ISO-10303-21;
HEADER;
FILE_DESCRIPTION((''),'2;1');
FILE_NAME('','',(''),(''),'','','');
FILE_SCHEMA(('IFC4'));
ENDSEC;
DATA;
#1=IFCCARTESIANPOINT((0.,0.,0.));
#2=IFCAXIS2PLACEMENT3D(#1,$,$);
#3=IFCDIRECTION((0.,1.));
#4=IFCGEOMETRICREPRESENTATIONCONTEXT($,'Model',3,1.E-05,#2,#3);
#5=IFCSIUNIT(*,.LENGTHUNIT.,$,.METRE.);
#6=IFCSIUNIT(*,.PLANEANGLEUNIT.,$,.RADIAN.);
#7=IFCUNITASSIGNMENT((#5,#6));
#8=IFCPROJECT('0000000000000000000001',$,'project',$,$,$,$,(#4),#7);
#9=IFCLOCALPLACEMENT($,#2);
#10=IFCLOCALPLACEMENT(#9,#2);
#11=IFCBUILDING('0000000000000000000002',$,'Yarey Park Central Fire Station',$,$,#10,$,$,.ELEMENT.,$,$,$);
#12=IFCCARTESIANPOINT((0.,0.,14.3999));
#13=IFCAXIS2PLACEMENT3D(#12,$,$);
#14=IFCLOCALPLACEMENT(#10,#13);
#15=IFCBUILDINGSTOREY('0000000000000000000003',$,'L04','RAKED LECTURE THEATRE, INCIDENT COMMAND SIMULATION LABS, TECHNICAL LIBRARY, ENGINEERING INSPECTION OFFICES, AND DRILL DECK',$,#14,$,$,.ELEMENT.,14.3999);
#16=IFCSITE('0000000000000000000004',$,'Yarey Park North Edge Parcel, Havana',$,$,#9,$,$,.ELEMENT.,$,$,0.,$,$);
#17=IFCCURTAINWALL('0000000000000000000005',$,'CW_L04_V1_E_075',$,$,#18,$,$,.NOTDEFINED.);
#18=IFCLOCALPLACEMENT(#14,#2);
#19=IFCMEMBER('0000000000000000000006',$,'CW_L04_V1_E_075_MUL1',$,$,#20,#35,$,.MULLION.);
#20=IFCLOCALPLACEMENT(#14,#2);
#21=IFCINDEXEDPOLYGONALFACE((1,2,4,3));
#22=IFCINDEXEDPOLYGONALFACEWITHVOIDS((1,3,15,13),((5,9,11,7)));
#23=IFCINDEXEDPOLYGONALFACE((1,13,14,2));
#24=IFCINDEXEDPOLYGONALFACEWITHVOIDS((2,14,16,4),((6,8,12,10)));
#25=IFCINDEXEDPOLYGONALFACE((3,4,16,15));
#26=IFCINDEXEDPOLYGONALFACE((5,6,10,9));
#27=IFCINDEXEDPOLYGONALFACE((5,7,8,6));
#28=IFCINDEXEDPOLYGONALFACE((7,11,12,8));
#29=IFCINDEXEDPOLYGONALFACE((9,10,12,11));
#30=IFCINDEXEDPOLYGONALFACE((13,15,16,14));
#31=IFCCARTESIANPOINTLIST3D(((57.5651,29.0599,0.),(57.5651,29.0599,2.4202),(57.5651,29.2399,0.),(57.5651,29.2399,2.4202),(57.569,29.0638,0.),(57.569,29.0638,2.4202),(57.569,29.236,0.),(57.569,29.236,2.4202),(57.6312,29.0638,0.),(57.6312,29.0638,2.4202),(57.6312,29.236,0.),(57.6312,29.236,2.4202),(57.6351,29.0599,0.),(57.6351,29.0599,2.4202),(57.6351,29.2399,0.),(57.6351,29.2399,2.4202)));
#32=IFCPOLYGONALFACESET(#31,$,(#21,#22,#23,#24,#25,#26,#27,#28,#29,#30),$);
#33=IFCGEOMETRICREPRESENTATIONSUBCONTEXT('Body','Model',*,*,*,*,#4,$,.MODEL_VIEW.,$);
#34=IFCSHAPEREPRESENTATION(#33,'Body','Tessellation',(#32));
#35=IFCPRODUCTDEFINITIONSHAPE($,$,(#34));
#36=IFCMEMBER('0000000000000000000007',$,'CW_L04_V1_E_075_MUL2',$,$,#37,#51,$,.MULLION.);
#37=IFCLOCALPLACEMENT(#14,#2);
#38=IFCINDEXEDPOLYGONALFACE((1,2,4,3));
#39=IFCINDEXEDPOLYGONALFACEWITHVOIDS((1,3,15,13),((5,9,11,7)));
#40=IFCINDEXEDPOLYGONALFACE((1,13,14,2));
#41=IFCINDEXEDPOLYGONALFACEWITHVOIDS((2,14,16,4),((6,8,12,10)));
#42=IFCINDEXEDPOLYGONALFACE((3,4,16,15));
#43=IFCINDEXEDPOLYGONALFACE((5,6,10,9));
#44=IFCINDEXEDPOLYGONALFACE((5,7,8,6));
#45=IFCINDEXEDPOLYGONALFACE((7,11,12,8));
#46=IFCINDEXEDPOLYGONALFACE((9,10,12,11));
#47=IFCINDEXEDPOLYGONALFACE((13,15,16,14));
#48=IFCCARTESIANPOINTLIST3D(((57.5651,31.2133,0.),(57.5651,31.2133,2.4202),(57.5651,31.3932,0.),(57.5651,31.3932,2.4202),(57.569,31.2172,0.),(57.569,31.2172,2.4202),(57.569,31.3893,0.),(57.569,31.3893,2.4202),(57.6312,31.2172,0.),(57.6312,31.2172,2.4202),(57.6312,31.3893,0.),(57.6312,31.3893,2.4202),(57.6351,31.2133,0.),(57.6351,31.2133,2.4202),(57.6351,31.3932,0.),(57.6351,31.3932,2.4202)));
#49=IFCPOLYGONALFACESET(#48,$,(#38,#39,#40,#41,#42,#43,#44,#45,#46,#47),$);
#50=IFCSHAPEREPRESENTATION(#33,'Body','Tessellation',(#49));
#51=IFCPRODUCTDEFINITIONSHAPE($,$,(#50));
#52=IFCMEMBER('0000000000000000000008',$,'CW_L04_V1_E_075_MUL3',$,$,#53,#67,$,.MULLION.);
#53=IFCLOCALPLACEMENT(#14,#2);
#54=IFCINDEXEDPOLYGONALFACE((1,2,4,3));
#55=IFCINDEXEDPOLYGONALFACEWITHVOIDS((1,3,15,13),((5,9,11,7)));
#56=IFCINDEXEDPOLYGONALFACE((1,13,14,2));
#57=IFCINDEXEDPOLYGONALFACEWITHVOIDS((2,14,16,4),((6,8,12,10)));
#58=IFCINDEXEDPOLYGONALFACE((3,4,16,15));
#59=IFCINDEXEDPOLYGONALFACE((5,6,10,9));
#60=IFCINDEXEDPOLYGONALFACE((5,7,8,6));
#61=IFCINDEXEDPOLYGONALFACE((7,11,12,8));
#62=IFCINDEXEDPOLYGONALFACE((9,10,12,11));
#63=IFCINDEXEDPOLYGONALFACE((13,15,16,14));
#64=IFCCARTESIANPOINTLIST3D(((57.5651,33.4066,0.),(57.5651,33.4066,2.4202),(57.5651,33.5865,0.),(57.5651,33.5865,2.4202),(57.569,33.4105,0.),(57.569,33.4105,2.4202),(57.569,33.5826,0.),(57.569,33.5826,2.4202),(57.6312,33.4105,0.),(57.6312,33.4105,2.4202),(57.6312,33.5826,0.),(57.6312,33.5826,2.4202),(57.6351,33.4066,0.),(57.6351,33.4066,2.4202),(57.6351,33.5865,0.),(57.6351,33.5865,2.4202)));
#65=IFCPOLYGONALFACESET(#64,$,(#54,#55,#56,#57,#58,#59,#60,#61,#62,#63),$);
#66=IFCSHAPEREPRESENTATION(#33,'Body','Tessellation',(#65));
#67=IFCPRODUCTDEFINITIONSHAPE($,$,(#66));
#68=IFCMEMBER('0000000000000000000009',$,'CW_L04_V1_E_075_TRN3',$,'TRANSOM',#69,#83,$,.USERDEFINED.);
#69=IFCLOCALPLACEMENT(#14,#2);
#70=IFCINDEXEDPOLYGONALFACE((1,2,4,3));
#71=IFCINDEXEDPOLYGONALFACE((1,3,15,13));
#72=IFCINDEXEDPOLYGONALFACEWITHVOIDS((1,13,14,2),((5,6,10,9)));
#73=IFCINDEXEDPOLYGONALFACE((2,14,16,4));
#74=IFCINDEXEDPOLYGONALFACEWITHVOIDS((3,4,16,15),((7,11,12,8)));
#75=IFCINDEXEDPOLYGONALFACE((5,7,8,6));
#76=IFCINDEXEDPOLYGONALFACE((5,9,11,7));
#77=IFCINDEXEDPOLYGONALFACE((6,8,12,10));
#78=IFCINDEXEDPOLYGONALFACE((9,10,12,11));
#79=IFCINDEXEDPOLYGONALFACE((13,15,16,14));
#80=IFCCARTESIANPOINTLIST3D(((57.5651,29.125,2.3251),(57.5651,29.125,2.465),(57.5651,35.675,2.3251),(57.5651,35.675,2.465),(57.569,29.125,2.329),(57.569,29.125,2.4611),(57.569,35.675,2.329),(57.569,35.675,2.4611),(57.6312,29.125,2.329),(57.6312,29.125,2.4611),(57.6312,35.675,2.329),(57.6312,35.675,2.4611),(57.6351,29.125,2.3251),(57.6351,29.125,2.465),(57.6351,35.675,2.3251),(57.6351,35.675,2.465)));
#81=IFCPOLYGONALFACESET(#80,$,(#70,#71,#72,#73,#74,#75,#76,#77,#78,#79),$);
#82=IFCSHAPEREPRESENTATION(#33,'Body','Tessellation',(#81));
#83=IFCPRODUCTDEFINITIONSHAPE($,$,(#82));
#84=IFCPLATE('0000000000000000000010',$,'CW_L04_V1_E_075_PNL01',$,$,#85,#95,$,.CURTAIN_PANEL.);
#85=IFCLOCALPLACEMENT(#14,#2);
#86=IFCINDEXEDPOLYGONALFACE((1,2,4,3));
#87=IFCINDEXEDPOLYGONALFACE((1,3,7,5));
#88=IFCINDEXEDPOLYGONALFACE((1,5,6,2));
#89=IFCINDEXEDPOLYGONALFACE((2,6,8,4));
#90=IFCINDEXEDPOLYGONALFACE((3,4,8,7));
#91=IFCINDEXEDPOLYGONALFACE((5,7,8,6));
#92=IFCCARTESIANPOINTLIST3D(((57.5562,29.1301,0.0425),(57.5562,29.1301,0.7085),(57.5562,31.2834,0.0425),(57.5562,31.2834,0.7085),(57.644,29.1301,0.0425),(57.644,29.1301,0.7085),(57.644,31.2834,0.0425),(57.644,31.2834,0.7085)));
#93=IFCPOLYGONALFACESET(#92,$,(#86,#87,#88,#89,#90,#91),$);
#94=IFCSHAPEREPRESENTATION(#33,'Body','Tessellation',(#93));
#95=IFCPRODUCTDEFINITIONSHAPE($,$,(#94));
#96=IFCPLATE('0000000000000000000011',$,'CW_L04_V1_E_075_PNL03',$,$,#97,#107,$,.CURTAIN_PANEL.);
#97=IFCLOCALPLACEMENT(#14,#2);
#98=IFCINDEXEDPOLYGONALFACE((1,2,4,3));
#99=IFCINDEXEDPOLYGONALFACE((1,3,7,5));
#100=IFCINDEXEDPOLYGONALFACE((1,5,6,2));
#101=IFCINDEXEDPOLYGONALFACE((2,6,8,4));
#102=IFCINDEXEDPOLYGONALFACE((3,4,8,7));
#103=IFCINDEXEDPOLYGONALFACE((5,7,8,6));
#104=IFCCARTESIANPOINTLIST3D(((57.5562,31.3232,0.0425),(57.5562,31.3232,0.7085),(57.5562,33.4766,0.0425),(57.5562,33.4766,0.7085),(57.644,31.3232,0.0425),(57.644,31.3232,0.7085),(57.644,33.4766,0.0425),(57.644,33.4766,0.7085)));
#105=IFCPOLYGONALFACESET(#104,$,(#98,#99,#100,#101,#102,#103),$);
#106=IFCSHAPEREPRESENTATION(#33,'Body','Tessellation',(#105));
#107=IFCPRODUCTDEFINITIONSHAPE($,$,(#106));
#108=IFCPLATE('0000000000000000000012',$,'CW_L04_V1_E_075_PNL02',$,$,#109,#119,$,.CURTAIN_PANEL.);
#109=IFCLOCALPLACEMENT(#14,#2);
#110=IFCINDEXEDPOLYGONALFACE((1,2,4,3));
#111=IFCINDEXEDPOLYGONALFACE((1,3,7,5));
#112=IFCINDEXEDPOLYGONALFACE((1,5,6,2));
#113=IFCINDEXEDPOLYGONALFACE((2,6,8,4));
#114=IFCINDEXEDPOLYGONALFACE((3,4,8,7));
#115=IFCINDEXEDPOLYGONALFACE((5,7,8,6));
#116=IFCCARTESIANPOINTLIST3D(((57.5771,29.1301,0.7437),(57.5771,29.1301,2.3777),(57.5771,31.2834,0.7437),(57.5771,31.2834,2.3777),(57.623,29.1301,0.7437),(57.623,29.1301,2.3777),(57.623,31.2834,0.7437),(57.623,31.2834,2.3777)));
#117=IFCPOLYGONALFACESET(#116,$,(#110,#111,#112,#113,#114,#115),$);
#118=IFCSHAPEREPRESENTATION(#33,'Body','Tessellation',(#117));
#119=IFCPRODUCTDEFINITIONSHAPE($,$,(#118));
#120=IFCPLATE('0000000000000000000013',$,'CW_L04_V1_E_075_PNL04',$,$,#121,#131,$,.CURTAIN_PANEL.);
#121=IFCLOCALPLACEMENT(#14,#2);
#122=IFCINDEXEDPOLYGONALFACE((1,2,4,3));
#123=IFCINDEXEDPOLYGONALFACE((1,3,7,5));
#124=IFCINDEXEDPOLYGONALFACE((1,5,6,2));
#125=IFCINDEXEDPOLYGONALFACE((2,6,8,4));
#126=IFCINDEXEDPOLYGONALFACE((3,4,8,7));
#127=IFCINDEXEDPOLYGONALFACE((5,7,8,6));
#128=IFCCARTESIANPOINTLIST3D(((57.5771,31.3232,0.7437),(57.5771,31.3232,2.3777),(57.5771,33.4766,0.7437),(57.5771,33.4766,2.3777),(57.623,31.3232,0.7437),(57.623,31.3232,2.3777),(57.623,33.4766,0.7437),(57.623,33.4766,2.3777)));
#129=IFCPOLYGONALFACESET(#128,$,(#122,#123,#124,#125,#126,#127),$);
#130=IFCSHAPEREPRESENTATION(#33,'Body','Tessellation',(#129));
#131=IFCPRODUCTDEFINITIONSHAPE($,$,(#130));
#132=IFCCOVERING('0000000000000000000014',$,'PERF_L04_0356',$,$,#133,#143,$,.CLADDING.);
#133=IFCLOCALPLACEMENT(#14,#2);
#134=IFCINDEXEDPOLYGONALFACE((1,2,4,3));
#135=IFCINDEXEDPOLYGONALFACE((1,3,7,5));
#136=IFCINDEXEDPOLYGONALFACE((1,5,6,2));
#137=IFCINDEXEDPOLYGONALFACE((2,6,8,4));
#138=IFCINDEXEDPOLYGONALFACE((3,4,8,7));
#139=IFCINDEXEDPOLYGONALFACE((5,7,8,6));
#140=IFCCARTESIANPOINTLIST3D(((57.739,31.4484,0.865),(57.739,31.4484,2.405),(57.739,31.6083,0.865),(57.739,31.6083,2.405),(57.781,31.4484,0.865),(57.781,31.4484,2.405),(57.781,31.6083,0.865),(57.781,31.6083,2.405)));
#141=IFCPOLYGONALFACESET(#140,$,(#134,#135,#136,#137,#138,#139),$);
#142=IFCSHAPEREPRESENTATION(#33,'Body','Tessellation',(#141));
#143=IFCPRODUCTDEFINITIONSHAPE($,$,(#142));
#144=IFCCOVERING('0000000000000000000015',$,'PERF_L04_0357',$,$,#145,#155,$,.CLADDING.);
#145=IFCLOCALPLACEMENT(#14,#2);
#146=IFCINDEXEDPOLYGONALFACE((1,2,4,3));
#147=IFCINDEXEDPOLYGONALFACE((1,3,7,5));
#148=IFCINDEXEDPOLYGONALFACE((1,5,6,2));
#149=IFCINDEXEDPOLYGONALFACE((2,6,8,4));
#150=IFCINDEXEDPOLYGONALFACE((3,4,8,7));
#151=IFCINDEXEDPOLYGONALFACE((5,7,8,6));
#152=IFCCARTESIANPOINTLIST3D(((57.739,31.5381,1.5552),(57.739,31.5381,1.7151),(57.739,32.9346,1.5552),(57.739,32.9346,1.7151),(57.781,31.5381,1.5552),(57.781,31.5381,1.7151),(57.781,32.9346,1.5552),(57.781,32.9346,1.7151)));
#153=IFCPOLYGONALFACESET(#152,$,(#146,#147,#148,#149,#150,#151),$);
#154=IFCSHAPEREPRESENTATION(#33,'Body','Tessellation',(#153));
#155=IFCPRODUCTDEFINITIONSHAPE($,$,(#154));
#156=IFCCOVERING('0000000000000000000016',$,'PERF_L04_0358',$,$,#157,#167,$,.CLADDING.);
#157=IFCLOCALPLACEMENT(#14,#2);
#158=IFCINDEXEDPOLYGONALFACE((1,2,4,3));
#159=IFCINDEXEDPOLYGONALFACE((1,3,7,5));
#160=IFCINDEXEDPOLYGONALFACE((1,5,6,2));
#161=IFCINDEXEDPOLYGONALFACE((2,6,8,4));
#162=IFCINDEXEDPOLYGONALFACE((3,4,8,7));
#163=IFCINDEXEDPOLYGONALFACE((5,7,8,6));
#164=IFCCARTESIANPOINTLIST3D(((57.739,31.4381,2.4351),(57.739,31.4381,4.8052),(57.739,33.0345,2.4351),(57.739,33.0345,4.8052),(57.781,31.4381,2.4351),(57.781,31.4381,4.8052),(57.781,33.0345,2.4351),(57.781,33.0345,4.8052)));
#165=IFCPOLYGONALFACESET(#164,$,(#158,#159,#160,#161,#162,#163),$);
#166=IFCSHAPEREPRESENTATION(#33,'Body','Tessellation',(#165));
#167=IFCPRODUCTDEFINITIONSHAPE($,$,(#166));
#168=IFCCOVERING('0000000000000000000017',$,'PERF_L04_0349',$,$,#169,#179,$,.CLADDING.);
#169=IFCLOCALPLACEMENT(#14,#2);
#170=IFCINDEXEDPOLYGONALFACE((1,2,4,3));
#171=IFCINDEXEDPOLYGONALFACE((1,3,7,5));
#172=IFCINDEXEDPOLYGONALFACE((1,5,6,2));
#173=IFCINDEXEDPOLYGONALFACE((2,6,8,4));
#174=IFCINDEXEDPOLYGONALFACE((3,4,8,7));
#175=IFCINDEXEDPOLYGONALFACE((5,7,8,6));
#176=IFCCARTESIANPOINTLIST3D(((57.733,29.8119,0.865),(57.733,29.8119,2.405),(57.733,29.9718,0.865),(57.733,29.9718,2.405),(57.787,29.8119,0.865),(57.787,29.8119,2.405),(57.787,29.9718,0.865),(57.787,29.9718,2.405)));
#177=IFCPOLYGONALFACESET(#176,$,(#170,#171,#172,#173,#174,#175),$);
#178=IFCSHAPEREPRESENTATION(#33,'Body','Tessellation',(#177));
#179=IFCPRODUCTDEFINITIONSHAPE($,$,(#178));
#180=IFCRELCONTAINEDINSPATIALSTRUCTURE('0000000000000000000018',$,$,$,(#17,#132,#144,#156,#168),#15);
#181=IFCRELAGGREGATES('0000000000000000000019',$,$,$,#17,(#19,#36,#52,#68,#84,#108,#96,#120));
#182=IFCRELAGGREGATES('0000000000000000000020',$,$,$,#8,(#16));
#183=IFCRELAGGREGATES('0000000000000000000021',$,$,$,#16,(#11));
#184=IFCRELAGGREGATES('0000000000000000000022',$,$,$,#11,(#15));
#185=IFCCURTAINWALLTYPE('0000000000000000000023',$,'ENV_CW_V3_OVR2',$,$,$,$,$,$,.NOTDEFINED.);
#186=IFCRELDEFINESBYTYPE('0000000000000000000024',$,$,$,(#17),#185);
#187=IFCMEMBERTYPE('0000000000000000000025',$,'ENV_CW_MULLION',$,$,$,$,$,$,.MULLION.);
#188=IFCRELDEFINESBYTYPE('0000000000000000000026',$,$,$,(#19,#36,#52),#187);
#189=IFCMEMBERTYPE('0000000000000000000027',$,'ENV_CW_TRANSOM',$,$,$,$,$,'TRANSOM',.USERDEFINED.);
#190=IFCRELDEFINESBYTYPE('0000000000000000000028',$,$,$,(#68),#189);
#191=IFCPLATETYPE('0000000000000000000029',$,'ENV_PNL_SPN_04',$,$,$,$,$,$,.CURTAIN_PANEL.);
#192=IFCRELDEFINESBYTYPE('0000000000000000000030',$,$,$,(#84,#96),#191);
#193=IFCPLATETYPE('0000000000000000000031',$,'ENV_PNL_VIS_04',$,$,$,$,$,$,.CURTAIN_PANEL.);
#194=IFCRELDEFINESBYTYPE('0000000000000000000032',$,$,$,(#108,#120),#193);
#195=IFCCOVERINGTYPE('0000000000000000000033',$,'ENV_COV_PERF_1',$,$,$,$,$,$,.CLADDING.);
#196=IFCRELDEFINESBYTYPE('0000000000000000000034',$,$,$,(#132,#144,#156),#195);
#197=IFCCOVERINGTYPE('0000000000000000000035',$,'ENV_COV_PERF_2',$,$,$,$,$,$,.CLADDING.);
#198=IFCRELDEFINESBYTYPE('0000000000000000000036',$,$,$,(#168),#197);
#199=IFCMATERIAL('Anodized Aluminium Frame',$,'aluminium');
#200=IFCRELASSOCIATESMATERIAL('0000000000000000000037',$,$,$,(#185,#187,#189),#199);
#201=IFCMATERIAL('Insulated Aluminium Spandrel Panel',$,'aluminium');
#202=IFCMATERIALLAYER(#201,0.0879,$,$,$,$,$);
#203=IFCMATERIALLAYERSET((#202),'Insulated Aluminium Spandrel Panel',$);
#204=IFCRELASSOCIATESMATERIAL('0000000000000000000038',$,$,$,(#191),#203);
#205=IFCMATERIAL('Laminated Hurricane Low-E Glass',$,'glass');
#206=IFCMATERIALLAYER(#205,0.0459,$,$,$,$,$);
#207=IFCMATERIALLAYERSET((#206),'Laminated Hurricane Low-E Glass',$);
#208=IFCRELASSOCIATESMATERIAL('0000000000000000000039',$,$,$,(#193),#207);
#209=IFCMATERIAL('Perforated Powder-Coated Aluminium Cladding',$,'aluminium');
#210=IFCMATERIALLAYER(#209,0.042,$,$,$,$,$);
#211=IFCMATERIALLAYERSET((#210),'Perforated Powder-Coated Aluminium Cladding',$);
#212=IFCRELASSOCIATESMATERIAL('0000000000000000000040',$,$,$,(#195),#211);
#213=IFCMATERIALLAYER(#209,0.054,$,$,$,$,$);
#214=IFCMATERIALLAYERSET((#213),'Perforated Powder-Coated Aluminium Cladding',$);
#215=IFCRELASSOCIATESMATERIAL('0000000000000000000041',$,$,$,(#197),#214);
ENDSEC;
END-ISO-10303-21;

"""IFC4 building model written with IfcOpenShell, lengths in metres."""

from ifc_helpers import new_model, si_unit, direction, frame, origin, origin_2d, place, context, subcontext, project, spatial, rectangle, hollow_rectangle, extrude, material, layer, layer_set, material_profile, profile_set, type_object, element, aggregate, save


model = new_model("IFC4")

# Units and contexts
model_context = context("Model", 3, precision=1e-05, world=origin(), true_north=direction((0.0, 1.0)))
body_context = subcontext(model_context, "Body", "Model", "MODEL_VIEW")
ifc_project = project(units=[si_unit("LENGTHUNIT", "METRE"), si_unit("PLANEANGLEUNIT", "RADIAN")], contexts=[model_context])

# Site, building, storey
site_placement = place(None, origin())
site = spatial("IfcSite", under=ifc_project, at=site_placement, Name="Yarey Park North Edge Parcel, Havana", CompositionType="ELEMENT", RefElevation=0.0)
building_placement = place(site_placement, origin())
building = spatial("IfcBuilding", under=site, at=building_placement, Name="Yarey Park Central Fire Station", CompositionType="ELEMENT")
storey_placement = place(building_placement, frame((0.0, 0.0, 14.3999)))
storey = spatial("IfcBuildingStorey", under=building, at=storey_placement, Name="L04", Description="RAKED LECTURE THEATRE, INCIDENT COMMAND SIMULATION LABS, TECHNICAL LIBRARY, ENGINEERING INSPECTION OFFICES, AND DRILL DECK", CompositionType="ELEMENT", Elevation=14.3999)

# Curtain wall, members, plates
ifc_material_1 = material(Name="Anodized Aluminium Frame", Category="aluminium")
curtain_wall_type = type_object("IfcCurtainWallType", Name="ENV_CW_V3_OVR2", PredefinedType="NOTDEFINED", material=ifc_material_1)
curtain_wall_placement = place(storey_placement, origin())
curtain_wall = element("IfcCurtainWall", 1, at=curtain_wall_placement, inside=storey, type_object=curtain_wall_type, Name="CW_L04_V1_E_075", PredefinedType="NOTDEFINED")
ifc_material_profile_1 = material_profile(ifc_material_1, hollow_rectangle(XDim=0.0701, YDim=0.1799, WallThickness=0.0039, at=origin_2d()), Name="ALU 180x70x4")
ifc_profile_set_1 = profile_set([ifc_material_profile_1], Name="Anodized Aluminium Frame")
member_type_1 = type_object("IfcMemberType", Name="ENV_CW_MULLION", PredefinedType="MULLION", material=ifc_profile_set_1)
member_1_placement = place(storey_placement, frame((57.6001, 29.1499, 0.0), z_axis=(0.0, 0.0, 1.0), x_axis=(1.0, 0.0, 0.0)))
member_1 = element("IfcMember", 2, at=member_1_placement, type_object=member_type_1, Name="CW_L04_V1_E_075_MUL1", PredefinedType="MULLION", context=body_context, shape_type="SweptSolid", body=[
    extrude(hollow_rectangle(XDim=0.0701, YDim=0.1799, WallThickness=0.0039, at=origin_2d()), origin(), (0.0, 0.0, 1.0), 2.4202),
])
member_2_placement = place(storey_placement, frame((57.6001, 31.3032, 0.0), z_axis=(0.0, 0.0, 1.0), x_axis=(1.0, 0.0, 0.0)))
member_2 = element("IfcMember", 3, at=member_2_placement, type_object=member_type_1, Name="CW_L04_V1_E_075_MUL2", PredefinedType="MULLION", context=body_context, shape_type="SweptSolid", body=[
    extrude(hollow_rectangle(XDim=0.0701, YDim=0.1799, WallThickness=0.0039, at=origin_2d()), origin(), (0.0, 0.0, 1.0), 2.4202),
])
member_3_placement = place(storey_placement, frame((57.6001, 33.4966, 0.0), z_axis=(0.0, 0.0, 1.0), x_axis=(1.0, 0.0, 0.0)))
member_3 = element("IfcMember", 4, at=member_3_placement, type_object=member_type_1, Name="CW_L04_V1_E_075_MUL3", PredefinedType="MULLION", context=body_context, shape_type="SweptSolid", body=[
    extrude(hollow_rectangle(XDim=0.0701, YDim=0.1799, WallThickness=0.0039, at=origin_2d()), origin(), (0.0, 0.0, 1.0), 2.4202),
])
ifc_material_profile_2 = material_profile(ifc_material_1, hollow_rectangle(XDim=0.0701, YDim=0.1399, WallThickness=0.0039, at=origin_2d()), Name="ALU 140x70x4")
ifc_profile_set_2 = profile_set([ifc_material_profile_2], Name="Anodized Aluminium Frame")
member_type_2 = type_object("IfcMemberType", Name="ENV_CW_TRANSOM", ElementType="TRANSOM", PredefinedType="USERDEFINED", material=ifc_profile_set_2)
member_4_placement = place(storey_placement, frame((57.6001, 29.125, 2.395), z_axis=(0.0, 1.0, 0.0), x_axis=(-1.0, 0.0, 0.0)))
member_4 = element("IfcMember", 5, at=member_4_placement, type_object=member_type_2, Name="CW_L04_V1_E_075_TRN3", ObjectType="TRANSOM", PredefinedType="USERDEFINED", context=body_context, shape_type="SweptSolid", body=[
    extrude(hollow_rectangle(XDim=0.0701, YDim=0.1399, WallThickness=0.0039, at=origin_2d()), origin(), (0.0, 0.0, 1.0), 6.55),
])
ifc_material_2 = material(Name="Insulated Aluminium Spandrel Panel", Category="aluminium")
ifc_layer_1 = layer(ifc_material_2, 0.0879)
ifc_layer_set_1 = layer_set([ifc_layer_1], Name="Insulated Aluminium Spandrel Panel")
plate_type_1 = type_object("IfcPlateType", Name="ENV_PNL_SPN_04", PredefinedType="CURTAIN_PANEL", material=ifc_layer_set_1)
plate_1_placement = place(storey_placement, frame((57.6001, 30.2068, 0.0425), z_axis=(0.0, 0.0, 1.0), x_axis=(0.0, 1.0, 0.0)))
plate_1 = element("IfcPlate", 6, at=plate_1_placement, type_object=plate_type_1, Name="CW_L04_V1_E_075_PNL01", PredefinedType="CURTAIN_PANEL", context=body_context, shape_type="SweptSolid", body=[
    extrude(rectangle(XDim=2.1533, YDim=0.0879, at=origin_2d()), origin(), (0.0, 0.0, 1.0), 0.666),
])
plate_2_placement = place(storey_placement, frame((57.6001, 32.3999, 0.0425), z_axis=(0.0, 0.0, 1.0), x_axis=(0.0, 1.0, 0.0)))
plate_2 = element("IfcPlate", 7, at=plate_2_placement, type_object=plate_type_1, Name="CW_L04_V1_E_075_PNL03", PredefinedType="CURTAIN_PANEL", context=body_context, shape_type="SweptSolid", body=[
    extrude(rectangle(XDim=2.1533, YDim=0.0879, at=origin_2d()), origin(), (0.0, 0.0, 1.0), 0.666),
])
ifc_material_3 = material(Name="Laminated Hurricane Low-E Glass", Category="glass")
ifc_layer_2 = layer(ifc_material_3, 0.0459)
ifc_layer_set_2 = layer_set([ifc_layer_2], Name="Laminated Hurricane Low-E Glass")
plate_type_2 = type_object("IfcPlateType", Name="ENV_PNL_VIS_04", PredefinedType="CURTAIN_PANEL", material=ifc_layer_set_2)
plate_3_placement = place(storey_placement, frame((57.6001, 30.2068, 0.7437), z_axis=(0.0, 0.0, 1.0), x_axis=(0.0, 1.0, 0.0)))
plate_3 = element("IfcPlate", 8, at=plate_3_placement, type_object=plate_type_2, Name="CW_L04_V1_E_075_PNL02", PredefinedType="CURTAIN_PANEL", context=body_context, shape_type="SweptSolid", body=[
    extrude(rectangle(XDim=2.1533, YDim=0.0459, at=origin_2d()), origin(), (0.0, 0.0, 1.0), 1.634),
])
plate_4_placement = place(storey_placement, frame((57.6001, 32.3999, 0.7437), z_axis=(0.0, 0.0, 1.0), x_axis=(0.0, 1.0, 0.0)))
plate_4 = element("IfcPlate", 9, at=plate_4_placement, type_object=plate_type_2, Name="CW_L04_V1_E_075_PNL04", PredefinedType="CURTAIN_PANEL", context=body_context, shape_type="SweptSolid", body=[
    extrude(rectangle(XDim=2.1533, YDim=0.0459, at=origin_2d()), origin(), (0.0, 0.0, 1.0), 1.634),
])
aggregate(curtain_wall, [member_1, member_2, member_3, member_4, plate_1, plate_3, plate_2, plate_4])

# Coverings
ifc_material_4 = material(Name="Perforated Powder-Coated Aluminium Cladding", Category="aluminium")
ifc_layer_3 = layer(ifc_material_4, 0.042)
ifc_layer_set_3 = layer_set([ifc_layer_3], Name="Perforated Powder-Coated Aluminium Cladding")
covering_type_1 = type_object("IfcCoveringType", Name="ENV_COV_PERF_1", PredefinedType="CLADDING", material=ifc_layer_set_3)
covering_1_placement = place(storey_placement, frame((57.76, 31.5283, 0.865), z_axis=(0.0, 0.0, 1.0), x_axis=(0.0, 1.0, 0.0)))
element("IfcCovering", 10, at=covering_1_placement, inside=storey, type_object=covering_type_1, Name="PERF_L04_0356", PredefinedType="CLADDING", context=body_context, shape_type="SweptSolid", body=[
    extrude(rectangle(XDim=0.1599, YDim=0.042, at=origin_2d()), origin(), (0.0, 0.0, 1.0), 1.54),
])
covering_2_placement = place(storey_placement, frame((57.76, 32.2363, 1.5552), z_axis=(0.0, 0.0, 1.0), x_axis=(0.0, 1.0, 0.0)))
element("IfcCovering", 11, at=covering_2_placement, inside=storey, type_object=covering_type_1, Name="PERF_L04_0357", PredefinedType="CLADDING", context=body_context, shape_type="SweptSolid", body=[
    extrude(rectangle(XDim=1.3965, YDim=0.042, at=origin_2d()), origin(), (0.0, 0.0, 1.0), 0.1599),
])
covering_3_placement = place(storey_placement, frame((57.76, 32.2363, 2.4351), z_axis=(0.0, 0.0, 1.0), x_axis=(0.0, 1.0, 0.0)))
element("IfcCovering", 12, at=covering_3_placement, inside=storey, type_object=covering_type_1, Name="PERF_L04_0358", PredefinedType="CLADDING", context=body_context, shape_type="SweptSolid", body=[
    extrude(rectangle(XDim=1.5964, YDim=0.042, at=origin_2d()), origin(), (0.0, 0.0, 1.0), 2.3701),
])
ifc_layer_4 = layer(ifc_material_4, 0.054)
ifc_layer_set_4 = layer_set([ifc_layer_4], Name="Perforated Powder-Coated Aluminium Cladding")
covering_type_2 = type_object("IfcCoveringType", Name="ENV_COV_PERF_2", PredefinedType="CLADDING", material=ifc_layer_set_4)
covering_4_placement = place(storey_placement, frame((57.76, 29.8918, 0.865), z_axis=(0.0, 0.0, 1.0), x_axis=(0.0, 1.0, 0.0)))
element("IfcCovering", 13, at=covering_4_placement, inside=storey, type_object=covering_type_2, Name="PERF_L04_0349", PredefinedType="CLADDING", context=body_context, shape_type="SweptSolid", body=[
    extrude(rectangle(XDim=0.1599, YDim=0.054, at=origin_2d()), origin(), (0.0, 0.0, 1.0), 1.54),
])

save(model, "model.ifc")
